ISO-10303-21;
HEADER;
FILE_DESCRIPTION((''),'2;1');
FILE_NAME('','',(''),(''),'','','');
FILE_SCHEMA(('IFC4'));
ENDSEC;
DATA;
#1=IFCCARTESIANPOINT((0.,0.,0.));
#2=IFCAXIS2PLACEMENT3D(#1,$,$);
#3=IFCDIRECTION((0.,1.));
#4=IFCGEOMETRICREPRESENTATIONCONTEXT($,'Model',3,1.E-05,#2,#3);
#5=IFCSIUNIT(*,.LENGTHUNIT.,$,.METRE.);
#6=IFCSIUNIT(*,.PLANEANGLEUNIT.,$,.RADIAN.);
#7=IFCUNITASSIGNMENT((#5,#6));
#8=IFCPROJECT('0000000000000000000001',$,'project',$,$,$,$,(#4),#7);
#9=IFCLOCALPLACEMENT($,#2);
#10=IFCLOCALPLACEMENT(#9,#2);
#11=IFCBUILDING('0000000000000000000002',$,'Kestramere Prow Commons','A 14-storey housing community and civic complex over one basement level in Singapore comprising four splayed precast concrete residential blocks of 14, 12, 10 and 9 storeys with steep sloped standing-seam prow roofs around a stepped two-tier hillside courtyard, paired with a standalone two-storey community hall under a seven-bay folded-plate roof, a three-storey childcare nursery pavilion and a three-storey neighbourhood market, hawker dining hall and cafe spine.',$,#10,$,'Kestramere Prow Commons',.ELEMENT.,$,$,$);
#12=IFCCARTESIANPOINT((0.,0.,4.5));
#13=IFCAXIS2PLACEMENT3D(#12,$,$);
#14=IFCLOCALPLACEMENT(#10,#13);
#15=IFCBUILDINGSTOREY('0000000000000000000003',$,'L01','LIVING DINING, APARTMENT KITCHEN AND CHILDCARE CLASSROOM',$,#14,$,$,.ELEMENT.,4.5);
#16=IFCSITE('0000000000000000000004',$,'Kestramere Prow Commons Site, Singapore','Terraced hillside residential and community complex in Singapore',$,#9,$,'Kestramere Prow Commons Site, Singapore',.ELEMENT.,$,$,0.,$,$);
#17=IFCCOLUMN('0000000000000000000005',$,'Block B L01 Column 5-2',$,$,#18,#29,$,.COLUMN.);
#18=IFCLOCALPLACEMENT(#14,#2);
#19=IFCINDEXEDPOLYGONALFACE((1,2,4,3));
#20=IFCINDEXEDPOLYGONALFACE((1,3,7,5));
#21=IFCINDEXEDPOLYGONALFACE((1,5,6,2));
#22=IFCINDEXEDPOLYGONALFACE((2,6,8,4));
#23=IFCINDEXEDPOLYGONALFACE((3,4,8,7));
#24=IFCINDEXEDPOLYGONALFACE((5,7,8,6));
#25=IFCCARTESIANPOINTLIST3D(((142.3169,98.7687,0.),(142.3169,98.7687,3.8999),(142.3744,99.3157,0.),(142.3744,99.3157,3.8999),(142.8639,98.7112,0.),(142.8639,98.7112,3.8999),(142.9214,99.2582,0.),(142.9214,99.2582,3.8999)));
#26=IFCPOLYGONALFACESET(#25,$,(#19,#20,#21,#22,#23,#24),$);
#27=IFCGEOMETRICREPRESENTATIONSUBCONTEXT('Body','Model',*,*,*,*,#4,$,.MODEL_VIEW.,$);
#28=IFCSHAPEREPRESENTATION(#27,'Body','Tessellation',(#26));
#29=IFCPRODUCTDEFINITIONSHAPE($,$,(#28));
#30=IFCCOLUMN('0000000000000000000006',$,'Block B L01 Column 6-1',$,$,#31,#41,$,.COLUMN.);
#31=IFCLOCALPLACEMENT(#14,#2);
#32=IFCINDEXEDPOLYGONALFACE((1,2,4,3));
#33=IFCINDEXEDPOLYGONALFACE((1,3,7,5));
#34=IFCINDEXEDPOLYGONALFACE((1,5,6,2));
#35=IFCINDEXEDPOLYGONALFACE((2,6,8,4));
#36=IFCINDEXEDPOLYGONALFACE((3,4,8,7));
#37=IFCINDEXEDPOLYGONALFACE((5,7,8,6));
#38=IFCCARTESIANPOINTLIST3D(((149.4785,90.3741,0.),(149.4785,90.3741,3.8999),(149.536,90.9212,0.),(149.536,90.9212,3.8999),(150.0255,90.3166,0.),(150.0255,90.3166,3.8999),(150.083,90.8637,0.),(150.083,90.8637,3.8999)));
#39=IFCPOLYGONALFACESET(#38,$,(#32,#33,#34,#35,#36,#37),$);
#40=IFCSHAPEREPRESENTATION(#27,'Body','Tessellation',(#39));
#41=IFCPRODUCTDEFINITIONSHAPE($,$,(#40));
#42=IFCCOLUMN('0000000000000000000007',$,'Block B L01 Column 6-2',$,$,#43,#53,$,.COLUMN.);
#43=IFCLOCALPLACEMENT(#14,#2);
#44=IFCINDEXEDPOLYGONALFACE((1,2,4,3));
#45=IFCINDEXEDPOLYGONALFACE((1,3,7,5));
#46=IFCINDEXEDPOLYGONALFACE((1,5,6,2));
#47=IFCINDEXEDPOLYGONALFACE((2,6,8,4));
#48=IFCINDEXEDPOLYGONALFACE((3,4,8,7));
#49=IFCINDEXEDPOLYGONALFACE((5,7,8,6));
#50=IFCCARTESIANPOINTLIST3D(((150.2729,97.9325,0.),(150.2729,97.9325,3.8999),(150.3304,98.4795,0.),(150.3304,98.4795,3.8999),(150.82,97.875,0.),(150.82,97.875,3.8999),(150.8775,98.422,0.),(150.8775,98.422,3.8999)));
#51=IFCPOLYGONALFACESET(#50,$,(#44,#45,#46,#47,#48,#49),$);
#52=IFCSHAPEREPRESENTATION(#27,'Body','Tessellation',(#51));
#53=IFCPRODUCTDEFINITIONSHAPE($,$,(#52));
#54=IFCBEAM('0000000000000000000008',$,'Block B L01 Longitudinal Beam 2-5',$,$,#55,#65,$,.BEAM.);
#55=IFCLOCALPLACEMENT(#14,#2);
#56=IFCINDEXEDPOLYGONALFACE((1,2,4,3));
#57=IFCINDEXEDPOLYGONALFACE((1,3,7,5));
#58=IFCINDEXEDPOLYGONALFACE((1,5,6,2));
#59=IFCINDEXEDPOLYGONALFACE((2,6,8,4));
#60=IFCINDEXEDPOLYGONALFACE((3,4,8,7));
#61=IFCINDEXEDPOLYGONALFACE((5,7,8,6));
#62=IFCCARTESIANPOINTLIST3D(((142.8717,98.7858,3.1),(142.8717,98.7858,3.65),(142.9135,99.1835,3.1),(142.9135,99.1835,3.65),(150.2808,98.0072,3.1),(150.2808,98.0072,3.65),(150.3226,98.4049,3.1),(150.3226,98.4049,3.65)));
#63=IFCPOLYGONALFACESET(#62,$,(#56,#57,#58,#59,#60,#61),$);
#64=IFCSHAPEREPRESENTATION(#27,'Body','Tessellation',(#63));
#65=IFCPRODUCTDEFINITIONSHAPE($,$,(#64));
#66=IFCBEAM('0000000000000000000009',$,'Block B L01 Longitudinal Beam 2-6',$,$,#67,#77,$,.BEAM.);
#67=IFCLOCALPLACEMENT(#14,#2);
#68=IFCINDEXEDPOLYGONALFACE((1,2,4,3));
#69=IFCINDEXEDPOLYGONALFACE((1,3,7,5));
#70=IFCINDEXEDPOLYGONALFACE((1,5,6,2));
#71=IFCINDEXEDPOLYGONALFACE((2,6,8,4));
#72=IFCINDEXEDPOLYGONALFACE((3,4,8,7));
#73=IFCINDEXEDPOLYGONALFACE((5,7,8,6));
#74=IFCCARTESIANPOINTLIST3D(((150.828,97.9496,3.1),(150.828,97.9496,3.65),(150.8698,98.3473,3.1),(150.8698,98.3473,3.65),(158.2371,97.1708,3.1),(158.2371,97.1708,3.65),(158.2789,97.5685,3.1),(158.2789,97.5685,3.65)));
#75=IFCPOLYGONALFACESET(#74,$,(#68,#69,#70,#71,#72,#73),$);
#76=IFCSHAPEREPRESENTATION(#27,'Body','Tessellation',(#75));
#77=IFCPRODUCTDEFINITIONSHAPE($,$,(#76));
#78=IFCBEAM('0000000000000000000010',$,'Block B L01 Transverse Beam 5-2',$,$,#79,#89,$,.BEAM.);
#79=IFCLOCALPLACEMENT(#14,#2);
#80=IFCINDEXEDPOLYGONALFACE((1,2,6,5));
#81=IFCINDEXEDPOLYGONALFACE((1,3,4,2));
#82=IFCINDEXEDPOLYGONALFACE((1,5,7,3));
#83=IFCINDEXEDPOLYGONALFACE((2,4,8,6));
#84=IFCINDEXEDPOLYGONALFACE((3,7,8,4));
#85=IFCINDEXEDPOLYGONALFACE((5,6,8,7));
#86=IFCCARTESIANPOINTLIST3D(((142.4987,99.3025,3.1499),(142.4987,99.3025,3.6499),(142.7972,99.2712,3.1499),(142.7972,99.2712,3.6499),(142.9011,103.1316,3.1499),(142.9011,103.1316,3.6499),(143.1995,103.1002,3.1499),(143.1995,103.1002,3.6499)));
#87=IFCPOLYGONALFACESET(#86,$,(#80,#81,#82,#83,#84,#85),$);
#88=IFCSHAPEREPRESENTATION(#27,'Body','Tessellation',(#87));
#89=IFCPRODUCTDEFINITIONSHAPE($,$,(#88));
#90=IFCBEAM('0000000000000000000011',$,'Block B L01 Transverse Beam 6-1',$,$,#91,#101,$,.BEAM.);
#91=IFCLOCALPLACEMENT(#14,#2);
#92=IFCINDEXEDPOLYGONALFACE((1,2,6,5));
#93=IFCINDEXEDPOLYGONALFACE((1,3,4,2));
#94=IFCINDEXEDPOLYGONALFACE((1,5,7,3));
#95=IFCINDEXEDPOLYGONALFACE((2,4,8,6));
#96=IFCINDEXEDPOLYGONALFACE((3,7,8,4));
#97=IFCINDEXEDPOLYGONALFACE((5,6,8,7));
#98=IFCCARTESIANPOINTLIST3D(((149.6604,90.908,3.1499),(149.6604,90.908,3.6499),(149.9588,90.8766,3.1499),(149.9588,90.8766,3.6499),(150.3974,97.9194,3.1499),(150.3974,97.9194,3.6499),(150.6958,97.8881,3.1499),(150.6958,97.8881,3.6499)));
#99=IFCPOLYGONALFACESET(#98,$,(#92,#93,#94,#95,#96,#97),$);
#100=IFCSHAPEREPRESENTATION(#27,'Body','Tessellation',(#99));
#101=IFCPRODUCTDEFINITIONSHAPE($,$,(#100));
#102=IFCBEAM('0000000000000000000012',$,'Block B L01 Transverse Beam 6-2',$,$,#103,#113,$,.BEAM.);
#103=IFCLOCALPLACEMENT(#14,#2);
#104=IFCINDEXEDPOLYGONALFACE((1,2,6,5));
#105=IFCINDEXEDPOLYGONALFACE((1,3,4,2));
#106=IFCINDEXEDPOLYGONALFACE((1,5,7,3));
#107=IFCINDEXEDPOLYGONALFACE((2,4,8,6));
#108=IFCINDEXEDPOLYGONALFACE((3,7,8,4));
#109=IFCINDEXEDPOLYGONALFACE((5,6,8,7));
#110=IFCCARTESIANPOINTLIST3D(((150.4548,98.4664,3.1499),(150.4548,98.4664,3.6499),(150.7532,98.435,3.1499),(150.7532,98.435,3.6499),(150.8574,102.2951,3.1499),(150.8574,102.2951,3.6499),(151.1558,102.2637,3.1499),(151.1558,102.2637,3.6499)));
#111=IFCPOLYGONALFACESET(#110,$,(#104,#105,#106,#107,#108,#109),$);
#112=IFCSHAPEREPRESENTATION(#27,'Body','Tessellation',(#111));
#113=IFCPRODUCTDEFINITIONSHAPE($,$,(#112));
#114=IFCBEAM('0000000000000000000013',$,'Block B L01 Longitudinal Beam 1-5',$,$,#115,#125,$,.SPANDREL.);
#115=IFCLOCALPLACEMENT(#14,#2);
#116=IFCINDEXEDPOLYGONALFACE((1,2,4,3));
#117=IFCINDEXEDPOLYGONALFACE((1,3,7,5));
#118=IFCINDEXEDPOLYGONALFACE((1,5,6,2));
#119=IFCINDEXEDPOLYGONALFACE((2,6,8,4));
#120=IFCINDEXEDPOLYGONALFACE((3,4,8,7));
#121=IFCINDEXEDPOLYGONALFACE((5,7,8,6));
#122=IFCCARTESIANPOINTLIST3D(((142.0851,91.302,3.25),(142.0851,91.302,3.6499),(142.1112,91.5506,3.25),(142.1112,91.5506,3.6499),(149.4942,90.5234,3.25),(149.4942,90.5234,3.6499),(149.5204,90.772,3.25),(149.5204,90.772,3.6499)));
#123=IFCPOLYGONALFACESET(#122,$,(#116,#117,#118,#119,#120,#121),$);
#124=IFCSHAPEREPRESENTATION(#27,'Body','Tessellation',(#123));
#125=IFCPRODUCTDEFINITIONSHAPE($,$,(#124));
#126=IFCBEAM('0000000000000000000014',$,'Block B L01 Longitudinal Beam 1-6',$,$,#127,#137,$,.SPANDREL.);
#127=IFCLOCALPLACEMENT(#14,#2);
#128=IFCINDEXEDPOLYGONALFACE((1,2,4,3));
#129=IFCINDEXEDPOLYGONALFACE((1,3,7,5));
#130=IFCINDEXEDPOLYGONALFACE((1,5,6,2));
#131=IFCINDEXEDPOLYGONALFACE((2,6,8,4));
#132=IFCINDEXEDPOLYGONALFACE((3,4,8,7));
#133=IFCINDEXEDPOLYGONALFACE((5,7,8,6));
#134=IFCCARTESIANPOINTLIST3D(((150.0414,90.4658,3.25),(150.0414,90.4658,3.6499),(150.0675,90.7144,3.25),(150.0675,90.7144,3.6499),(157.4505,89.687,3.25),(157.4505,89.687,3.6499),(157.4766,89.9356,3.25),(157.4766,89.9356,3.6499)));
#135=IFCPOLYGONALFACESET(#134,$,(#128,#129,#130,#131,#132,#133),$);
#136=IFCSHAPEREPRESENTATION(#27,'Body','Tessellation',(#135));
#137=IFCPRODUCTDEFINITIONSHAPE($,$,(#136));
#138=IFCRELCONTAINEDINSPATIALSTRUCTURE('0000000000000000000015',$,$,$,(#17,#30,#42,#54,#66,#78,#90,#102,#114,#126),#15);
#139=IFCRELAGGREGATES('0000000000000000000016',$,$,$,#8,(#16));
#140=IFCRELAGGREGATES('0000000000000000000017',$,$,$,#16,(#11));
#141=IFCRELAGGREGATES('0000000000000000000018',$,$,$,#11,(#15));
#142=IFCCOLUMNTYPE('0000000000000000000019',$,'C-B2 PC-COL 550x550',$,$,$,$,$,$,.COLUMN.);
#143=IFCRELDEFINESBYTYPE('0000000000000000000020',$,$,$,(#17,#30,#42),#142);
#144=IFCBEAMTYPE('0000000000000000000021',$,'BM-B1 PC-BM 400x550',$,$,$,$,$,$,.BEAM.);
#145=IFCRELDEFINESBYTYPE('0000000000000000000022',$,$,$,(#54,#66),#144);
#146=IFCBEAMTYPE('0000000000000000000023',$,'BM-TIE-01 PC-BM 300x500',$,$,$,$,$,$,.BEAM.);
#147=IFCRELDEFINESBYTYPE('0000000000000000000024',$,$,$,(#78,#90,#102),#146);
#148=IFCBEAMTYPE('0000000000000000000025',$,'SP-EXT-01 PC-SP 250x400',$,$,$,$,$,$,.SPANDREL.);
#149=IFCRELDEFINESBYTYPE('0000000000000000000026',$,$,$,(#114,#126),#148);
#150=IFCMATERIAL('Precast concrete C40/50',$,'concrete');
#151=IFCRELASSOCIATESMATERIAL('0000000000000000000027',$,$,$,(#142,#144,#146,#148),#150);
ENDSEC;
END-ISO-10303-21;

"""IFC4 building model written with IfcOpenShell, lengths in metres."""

from ifc_helpers import new_model, si_unit, direction, frame, origin, origin_2d, place, context, subcontext, project, spatial, rectangle, extrude, material, material_profile, profile_set, type_object, element, save


model = new_model("IFC4")

# Units and contexts
model_context = context("Model", 3, precision=1e-05, world=origin(), true_north=direction((0.0, 1.0)))
body_context = subcontext(model_context, "Body", "Model", "MODEL_VIEW")
ifc_project = project(units=[si_unit("LENGTHUNIT", "METRE"), si_unit("PLANEANGLEUNIT", "RADIAN")], contexts=[model_context])

# Site, building, storey
site_placement = place(None, origin())
site = spatial("IfcSite", under=ifc_project, at=site_placement, Name="Kestramere Prow Commons Site, Singapore", Description="Terraced hillside residential and community complex in Singapore", LongName="Kestramere Prow Commons Site, Singapore", CompositionType="ELEMENT", RefElevation=0.0)
building_placement = place(site_placement, origin())
building = spatial("IfcBuilding", under=site, at=building_placement, Name="Kestramere Prow Commons", Description="A 14-storey housing community and civic complex over one basement level in Singapore comprising four splayed precast concrete residential blocks of 14, 12, 10 and 9 storeys with steep sloped standing-seam prow roofs around a stepped two-tier hillside courtyard, paired with a standalone two-storey community hall under a seven-bay folded-plate roof, a three-storey childcare nursery pavilion and a three-storey neighbourhood market, hawker dining hall and cafe spine.", LongName="Kestramere Prow Commons", CompositionType="ELEMENT")
storey_placement = place(building_placement, frame((0.0, 0.0, 4.5)))
storey = spatial("IfcBuildingStorey", under=building, at=storey_placement, Name="L01", Description="LIVING DINING, APARTMENT KITCHEN AND CHILDCARE CLASSROOM", CompositionType="ELEMENT", Elevation=4.5)

# Columns
ifc_material_1 = material(Name="Precast concrete C40/50", Category="concrete")
ifc_material_profile_1 = material_profile(ifc_material_1, rectangle(XDim=0.55, YDim=0.55, at=origin_2d()), Name="PC-COL 550x550")
ifc_profile_set_1 = profile_set([ifc_material_profile_1], Name="Precast concrete C40/50")
column_type = type_object("IfcColumnType", Name="C-B2 PC-COL 550x550", PredefinedType="COLUMN", material=ifc_profile_set_1)
for number, where, z_axis, x_axis, name in (
    (1, (142.6191, 99.0134, 0.0), (0.0, 0.0, 1.0), (0.994522, -0.104528, 0.0), "Block B L01 Column 5-2"),
    (2, (149.7808, 90.6189, 0.0), (0.0, 0.0, 1.0), (0.994522, -0.104528, 0.0), "Block B L01 Column 6-1"),
    (3, (150.5752, 98.1772, 0.0), (0.0, 0.0, 1.0), (0.994522, -0.104528, 0.0), "Block B L01 Column 6-2"),
):
    element("IfcColumn", number, at=place(storey_placement, frame(where, z_axis=z_axis, x_axis=x_axis)), inside=storey, type_object=column_type, Name=name, PredefinedType="COLUMN", context=body_context, shape_type="SweptSolid", body=[
        extrude(rectangle(XDim=0.55, YDim=0.55, at=origin_2d()), origin(), (0.0, 0.0, 1.0), 3.8999),
    ])

# Beams
ifc_material_profile_2 = material_profile(ifc_material_1, rectangle(XDim=0.3999, YDim=0.55, at=origin_2d()), Name="PC-BM 400x550")
ifc_profile_set_2 = profile_set([ifc_material_profile_2], Name="Precast concrete C40/50")
beam_type_1 = type_object("IfcBeamType", Name="BM-B1 PC-BM 400x550", PredefinedType="BEAM", material=ifc_profile_set_2)
for number, where, z_axis, x_axis, name in (
    (4, (142.8926, 98.9846, 3.375), (0.994524, -0.104506, 0.0), (0.104506, 0.994524, 0.0), "Block B L01 Longitudinal Beam 2-5"),
    (5, (150.8489, 98.1484, 3.375), (0.994521, -0.104538, 0.0), (0.104538, 0.994521, 0.0), "Block B L01 Longitudinal Beam 2-6"),
):
    element("IfcBeam", number, at=place(storey_placement, frame(where, z_axis=z_axis, x_axis=x_axis)), inside=storey, type_object=beam_type_1, Name=name, PredefinedType="BEAM", context=body_context, shape_type="SweptSolid", body=[
        extrude(rectangle(XDim=0.3999, YDim=0.55, at=origin_2d()), origin(), (0.0, 0.0, 1.0), 7.45),
    ])
ifc_material_profile_3 = material_profile(ifc_material_1, rectangle(XDim=0.3, YDim=0.5, at=origin_2d()), Name="PC-BM 300x500")
ifc_profile_set_3 = profile_set([ifc_material_profile_3], Name="Precast concrete C40/50")
beam_type_2 = type_object("IfcBeamType", Name="BM-TIE-01 PC-BM 300x500", PredefinedType="BEAM", material=ifc_profile_set_3)
beam_1_placement = place(storey_placement, frame((142.6479, 99.2869, 3.3999), z_axis=(0.1045, 0.994525, 0.0), x_axis=(-0.994525, 0.1045, 0.0)))
element("IfcBeam", 6, at=beam_1_placement, inside=storey, type_object=beam_type_2, Name="Block B L01 Transverse Beam 5-2", PredefinedType="BEAM", context=body_context, shape_type="SweptSolid", body=[
    extrude(rectangle(XDim=0.3, YDim=0.5, at=origin_2d()), origin(), (0.0, 0.0, 1.0), 3.8501),
])
beam_2_placement = place(storey_placement, frame((149.8096, 90.8923, 3.3999), z_axis=(0.104546, 0.99452, 0.0), x_axis=(-0.99452, 0.104546, 0.0)))
element("IfcBeam", 7, at=beam_2_placement, inside=storey, type_object=beam_type_2, Name="Block B L01 Transverse Beam 6-1", PredefinedType="BEAM", context=body_context, shape_type="SweptSolid", body=[
    extrude(rectangle(XDim=0.3, YDim=0.5, at=origin_2d()), origin(), (0.0, 0.0, 1.0), 7.05),
])
beam_3_placement = place(storey_placement, frame((150.604, 98.4507, 3.3999), z_axis=(0.104569, 0.994518, 0.0), x_axis=(-0.994518, 0.104569, 0.0)))
element("IfcBeam", 8, at=beam_3_placement, inside=storey, type_object=beam_type_2, Name="Block B L01 Transverse Beam 6-2", PredefinedType="BEAM", context=body_context, shape_type="SweptSolid", body=[
    extrude(rectangle(XDim=0.3, YDim=0.5, at=origin_2d()), origin(), (0.0, 0.0, 1.0), 3.8499),
])
ifc_material_profile_4 = material_profile(ifc_material_1, rectangle(XDim=0.25, YDim=0.3999, at=origin_2d()), Name="PC-SP 250x400")
ifc_profile_set_4 = profile_set([ifc_material_profile_4], Name="Precast concrete C40/50")
beam_type_3 = type_object("IfcBeamType", Name="SP-EXT-01 PC-SP 250x400", PredefinedType="SPANDREL", material=ifc_profile_set_4)
for number, where, z_axis, x_axis, name in (
    (9, (142.0981, 91.4263, 3.45), (0.994524, -0.104506, 0.0), (0.104506, 0.994524, 0.0), "Block B L01 Longitudinal Beam 1-5"),
    (10, (150.0544, 90.5901, 3.45), (0.994521, -0.104538, 0.0), (0.104538, 0.994521, 0.0), "Block B L01 Longitudinal Beam 1-6"),
):
    element("IfcBeam", number, at=place(storey_placement, frame(where, z_axis=z_axis, x_axis=x_axis)), inside=storey, type_object=beam_type_3, Name=name, PredefinedType="SPANDREL", context=body_context, shape_type="SweptSolid", body=[
        extrude(rectangle(XDim=0.25, YDim=0.3999, at=origin_2d()), origin(), (0.0, 0.0, 1.0), 7.45),
    ])

save(model, "model.ifc")
